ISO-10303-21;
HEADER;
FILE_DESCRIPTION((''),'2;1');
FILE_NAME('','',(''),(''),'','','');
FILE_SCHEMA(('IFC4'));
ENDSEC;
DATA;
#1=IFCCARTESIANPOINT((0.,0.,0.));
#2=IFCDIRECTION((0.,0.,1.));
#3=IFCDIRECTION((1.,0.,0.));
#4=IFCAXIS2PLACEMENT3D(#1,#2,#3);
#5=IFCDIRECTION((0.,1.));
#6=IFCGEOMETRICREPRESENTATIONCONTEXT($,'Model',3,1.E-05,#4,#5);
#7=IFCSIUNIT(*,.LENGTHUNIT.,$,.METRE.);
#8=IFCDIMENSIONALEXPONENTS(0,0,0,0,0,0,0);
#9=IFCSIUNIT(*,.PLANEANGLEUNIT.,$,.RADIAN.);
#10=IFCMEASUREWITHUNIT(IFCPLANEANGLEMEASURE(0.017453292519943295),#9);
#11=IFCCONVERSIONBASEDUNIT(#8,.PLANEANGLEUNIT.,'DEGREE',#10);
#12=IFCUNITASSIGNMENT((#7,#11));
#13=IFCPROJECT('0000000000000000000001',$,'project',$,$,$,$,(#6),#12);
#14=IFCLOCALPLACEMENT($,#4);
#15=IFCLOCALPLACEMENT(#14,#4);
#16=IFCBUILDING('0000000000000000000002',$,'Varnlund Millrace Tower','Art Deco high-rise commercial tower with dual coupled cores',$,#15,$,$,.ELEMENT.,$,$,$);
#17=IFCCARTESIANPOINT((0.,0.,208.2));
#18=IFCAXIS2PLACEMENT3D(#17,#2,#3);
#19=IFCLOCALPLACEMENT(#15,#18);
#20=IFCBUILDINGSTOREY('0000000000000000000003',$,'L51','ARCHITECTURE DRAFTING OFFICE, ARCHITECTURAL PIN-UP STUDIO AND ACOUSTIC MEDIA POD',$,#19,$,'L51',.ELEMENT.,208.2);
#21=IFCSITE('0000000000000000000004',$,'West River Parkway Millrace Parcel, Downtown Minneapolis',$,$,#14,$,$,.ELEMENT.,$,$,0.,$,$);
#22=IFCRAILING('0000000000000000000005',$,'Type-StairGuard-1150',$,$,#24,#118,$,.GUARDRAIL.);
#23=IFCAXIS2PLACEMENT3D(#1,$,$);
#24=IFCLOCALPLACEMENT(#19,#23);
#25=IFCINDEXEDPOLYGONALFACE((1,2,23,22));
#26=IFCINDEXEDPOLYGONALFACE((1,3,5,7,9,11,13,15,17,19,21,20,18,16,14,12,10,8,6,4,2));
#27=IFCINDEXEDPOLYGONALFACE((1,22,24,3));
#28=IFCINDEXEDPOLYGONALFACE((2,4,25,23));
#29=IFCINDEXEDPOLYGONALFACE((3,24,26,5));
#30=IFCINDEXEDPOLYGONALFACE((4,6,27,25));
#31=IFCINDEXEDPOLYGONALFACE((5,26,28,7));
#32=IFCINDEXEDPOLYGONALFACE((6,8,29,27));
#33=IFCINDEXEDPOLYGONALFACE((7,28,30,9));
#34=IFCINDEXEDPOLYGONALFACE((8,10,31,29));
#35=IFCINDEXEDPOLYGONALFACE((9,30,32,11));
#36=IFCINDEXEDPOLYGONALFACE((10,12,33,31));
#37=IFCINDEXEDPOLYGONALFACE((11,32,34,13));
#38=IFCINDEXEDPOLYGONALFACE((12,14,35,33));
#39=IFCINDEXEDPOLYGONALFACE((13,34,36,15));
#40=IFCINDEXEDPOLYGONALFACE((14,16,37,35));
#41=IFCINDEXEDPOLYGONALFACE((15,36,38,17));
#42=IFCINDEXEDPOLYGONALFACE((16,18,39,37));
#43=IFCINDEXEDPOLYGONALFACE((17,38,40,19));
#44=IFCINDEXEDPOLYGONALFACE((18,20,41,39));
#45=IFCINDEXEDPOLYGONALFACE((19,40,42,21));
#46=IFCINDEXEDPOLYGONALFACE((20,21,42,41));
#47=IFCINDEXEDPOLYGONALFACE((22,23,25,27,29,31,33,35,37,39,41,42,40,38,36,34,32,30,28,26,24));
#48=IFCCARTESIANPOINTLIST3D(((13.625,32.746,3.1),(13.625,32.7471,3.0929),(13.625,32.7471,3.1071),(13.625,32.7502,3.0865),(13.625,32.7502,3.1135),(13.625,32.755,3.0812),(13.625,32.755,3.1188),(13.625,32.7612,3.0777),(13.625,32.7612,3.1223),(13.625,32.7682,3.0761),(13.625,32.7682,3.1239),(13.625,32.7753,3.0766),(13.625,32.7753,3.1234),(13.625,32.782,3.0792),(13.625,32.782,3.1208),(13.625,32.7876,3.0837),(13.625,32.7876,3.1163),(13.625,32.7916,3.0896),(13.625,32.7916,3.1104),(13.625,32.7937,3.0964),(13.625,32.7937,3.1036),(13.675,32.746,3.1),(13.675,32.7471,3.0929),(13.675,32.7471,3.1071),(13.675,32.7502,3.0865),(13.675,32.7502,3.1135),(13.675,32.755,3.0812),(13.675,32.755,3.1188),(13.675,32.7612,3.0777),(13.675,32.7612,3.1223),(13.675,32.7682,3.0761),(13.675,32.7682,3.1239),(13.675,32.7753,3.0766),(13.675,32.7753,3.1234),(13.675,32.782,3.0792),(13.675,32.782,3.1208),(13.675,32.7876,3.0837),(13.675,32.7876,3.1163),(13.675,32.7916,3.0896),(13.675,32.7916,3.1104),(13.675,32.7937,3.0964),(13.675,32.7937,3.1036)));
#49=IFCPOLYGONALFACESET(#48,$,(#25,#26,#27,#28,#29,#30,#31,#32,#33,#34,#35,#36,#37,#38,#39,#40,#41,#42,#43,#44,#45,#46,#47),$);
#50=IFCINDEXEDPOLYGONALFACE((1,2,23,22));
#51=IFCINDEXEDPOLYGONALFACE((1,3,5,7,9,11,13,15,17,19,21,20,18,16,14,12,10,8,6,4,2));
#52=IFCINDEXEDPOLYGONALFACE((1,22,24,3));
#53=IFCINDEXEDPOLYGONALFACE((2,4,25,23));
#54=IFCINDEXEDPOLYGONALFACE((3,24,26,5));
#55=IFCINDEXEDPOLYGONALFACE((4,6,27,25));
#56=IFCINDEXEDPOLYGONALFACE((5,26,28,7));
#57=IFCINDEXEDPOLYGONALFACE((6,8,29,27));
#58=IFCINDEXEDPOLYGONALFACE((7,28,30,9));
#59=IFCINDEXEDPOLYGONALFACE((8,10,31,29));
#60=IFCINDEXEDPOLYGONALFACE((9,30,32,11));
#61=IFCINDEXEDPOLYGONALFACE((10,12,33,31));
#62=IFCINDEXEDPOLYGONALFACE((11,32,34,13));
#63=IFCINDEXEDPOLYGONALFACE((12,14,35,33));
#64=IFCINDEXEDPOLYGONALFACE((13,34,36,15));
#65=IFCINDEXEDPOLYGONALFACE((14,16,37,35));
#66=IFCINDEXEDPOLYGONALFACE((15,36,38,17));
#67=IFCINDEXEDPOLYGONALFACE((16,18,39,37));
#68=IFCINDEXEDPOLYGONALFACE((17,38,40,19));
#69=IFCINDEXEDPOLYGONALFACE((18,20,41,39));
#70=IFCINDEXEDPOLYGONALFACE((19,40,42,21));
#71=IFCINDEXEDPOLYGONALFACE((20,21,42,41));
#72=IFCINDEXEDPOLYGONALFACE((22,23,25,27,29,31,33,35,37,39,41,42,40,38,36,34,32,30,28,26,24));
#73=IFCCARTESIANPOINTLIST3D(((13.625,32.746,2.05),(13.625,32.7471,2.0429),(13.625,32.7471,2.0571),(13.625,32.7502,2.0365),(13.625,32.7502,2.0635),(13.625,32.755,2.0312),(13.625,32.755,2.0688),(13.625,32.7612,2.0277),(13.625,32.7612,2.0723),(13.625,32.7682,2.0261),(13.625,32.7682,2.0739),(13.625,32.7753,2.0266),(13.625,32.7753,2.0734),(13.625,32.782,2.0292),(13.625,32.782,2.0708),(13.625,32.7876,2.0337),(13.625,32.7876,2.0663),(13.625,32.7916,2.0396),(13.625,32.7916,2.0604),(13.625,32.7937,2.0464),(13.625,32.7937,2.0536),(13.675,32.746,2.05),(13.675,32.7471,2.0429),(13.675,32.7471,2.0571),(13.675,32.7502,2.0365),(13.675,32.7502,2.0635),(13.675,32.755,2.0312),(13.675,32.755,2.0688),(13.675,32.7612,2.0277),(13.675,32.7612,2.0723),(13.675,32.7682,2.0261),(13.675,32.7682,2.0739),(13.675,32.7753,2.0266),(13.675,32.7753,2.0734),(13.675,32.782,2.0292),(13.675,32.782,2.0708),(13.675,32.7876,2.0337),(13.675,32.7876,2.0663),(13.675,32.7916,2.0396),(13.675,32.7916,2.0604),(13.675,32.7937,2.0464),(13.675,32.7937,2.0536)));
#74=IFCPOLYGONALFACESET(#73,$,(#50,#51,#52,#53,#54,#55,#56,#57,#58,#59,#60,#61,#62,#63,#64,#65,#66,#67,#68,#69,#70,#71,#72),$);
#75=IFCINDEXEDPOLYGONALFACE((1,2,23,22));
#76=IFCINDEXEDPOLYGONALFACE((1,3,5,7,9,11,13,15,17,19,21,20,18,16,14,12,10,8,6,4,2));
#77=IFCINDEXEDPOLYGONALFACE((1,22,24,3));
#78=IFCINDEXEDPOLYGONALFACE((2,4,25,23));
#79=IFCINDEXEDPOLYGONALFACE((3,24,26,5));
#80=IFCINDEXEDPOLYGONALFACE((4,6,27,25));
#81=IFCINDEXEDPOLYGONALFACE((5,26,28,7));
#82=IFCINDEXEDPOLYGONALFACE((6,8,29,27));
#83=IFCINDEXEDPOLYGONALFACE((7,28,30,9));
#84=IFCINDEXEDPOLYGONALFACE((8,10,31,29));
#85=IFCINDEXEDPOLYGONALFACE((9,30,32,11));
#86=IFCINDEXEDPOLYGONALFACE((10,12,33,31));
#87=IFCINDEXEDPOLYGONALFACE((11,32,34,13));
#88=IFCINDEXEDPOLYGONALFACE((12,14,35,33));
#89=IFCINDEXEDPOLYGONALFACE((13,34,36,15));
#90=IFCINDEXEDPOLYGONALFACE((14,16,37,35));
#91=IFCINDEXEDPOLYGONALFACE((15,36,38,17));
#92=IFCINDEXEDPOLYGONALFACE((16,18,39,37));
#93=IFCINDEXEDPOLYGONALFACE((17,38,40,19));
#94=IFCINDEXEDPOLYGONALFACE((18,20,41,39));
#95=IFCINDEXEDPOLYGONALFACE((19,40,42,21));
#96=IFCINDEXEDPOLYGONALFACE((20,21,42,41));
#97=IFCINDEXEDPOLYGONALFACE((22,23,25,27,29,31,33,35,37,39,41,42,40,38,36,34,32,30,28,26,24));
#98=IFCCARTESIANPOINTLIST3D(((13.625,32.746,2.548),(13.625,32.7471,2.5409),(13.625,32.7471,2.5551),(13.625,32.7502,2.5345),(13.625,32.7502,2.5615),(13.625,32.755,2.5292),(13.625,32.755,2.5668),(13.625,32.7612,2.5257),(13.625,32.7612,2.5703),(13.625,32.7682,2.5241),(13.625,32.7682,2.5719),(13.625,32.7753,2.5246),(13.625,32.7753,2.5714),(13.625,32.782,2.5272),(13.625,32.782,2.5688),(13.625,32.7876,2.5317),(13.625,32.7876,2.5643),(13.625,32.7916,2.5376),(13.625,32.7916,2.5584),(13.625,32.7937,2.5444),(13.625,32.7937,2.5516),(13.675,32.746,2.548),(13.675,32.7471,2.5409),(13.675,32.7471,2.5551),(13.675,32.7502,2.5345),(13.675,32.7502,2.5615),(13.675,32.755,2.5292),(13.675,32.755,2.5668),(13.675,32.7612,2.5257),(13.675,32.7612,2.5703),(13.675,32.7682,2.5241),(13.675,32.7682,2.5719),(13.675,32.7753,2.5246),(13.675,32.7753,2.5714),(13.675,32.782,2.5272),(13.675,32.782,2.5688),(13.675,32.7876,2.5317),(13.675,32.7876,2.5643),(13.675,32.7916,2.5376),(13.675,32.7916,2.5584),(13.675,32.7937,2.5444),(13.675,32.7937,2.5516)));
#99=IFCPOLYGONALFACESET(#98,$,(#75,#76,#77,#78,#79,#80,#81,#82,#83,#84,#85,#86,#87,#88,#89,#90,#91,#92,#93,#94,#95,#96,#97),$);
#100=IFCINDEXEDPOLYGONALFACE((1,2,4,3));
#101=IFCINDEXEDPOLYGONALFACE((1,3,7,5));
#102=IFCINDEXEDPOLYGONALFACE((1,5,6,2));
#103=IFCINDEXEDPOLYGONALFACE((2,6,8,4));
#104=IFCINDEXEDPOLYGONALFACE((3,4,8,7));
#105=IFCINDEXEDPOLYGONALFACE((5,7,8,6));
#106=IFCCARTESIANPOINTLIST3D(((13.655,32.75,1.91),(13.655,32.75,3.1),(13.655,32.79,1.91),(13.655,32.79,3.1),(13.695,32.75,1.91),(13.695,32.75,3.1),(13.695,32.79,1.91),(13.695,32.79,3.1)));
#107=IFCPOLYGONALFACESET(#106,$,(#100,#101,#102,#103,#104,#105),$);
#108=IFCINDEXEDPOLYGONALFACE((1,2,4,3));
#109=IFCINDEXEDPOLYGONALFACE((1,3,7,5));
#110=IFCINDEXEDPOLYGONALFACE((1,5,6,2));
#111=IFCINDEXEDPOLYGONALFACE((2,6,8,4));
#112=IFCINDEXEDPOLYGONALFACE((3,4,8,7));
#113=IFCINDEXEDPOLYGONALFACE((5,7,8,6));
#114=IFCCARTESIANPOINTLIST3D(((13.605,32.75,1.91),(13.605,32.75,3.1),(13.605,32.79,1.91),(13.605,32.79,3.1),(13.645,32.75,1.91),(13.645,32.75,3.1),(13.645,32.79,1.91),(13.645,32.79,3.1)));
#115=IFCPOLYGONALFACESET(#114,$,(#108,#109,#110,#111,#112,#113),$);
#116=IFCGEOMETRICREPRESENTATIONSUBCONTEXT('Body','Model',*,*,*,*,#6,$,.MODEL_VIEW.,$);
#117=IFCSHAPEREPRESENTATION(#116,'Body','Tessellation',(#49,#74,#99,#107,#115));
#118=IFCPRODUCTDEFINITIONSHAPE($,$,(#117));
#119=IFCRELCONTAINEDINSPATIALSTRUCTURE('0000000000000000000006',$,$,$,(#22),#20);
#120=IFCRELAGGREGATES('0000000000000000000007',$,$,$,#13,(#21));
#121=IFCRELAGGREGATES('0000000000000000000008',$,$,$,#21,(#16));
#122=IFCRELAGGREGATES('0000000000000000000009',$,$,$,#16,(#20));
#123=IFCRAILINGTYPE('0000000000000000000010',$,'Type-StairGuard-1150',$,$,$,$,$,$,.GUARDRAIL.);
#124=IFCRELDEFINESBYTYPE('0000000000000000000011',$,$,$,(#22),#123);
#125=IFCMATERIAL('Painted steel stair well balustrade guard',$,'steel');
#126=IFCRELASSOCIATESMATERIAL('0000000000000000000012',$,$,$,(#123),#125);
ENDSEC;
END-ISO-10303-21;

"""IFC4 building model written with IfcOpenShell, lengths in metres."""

from ifc_helpers import new_model, entity, si_unit, converted_unit, direction, frame, origin_with_axes, origin_2d_with_axis, place, context, subcontext, project, spatial, rectangle, circle, extrude, material, type_object, element, save


model = new_model("IFC4")

# Units and contexts
model_context = context("Model", 3, precision=1e-05, world=origin_with_axes(), true_north=direction((0.0, 1.0)))
body_context = subcontext(model_context, "Body", "Model", "MODEL_VIEW")
ifc_project = project(units=[si_unit("LENGTHUNIT", "METRE"), converted_unit("PLANEANGLEUNIT", "DEGREE", entity("IfcPlaneAngleMeasure", 0.017453292519943295), si_unit("PLANEANGLEUNIT", "RADIAN"), dimensions=[0, 0, 0, 0, 0, 0, 0])], contexts=[model_context])

# Site, building, storey
site_placement = place(None, origin_with_axes())
site = spatial("IfcSite", under=ifc_project, at=site_placement, Name="West River Parkway Millrace Parcel, Downtown Minneapolis", CompositionType="ELEMENT", RefElevation=0.0)
building_placement = place(site_placement, origin_with_axes())
building = spatial("IfcBuilding", under=site, at=building_placement, Name="Varnlund Millrace Tower", Description="Art Deco high-rise commercial tower with dual coupled cores", CompositionType="ELEMENT")
storey_placement = place(building_placement, frame((0.0, 0.0, 208.2), z_axis=(0.0, 0.0, 1.0), x_axis=(1.0, 0.0, 0.0)))
storey = spatial("IfcBuildingStorey", under=building, at=storey_placement, Name="L51", Description="ARCHITECTURE DRAFTING OFFICE, ARCHITECTURAL PIN-UP STUDIO AND ACOUSTIC MEDIA POD", LongName="L51", CompositionType="ELEMENT", Elevation=208.2)

# Railing
ifc_material_1 = material(Name="Painted steel stair well balustrade guard", Category="steel")
railing_type_1 = type_object("IfcRailingType", Name="Type-StairGuard-1150", PredefinedType="GUARDRAIL", material=ifc_material_1)
railing_1_placement = place(storey_placement, frame((0.0, 0.0, -208.2), z_axis=(0.0, 0.0, 1.0), x_axis=(1.0, 0.0, 0.0)))
element("IfcRailing", 1, at=railing_1_placement, inside=storey, type_object=railing_type_1, Name="Type-StairGuard-1150", PredefinedType="GUARDRAIL", context=body_context, shape_type="SweptSolid", body=[
    extrude(circle(Radius=0.024, at=origin_2d_with_axis()), frame((13.675, 32.77, 211.3), z_axis=(-1.0, 0.0, 0.0), x_axis=(0.0, -1.0, 0.0)), (0.0, 0.0, 1.0), 0.05),
    extrude(circle(Radius=0.024, at=origin_2d_with_axis()), frame((13.675, 32.77, 210.25), z_axis=(-1.0, 0.0, 0.0), x_axis=(0.0, -1.0, 0.0)), (0.0, 0.0, 1.0), 0.05),
    extrude(circle(Radius=0.024, at=origin_2d_with_axis()), frame((13.675, 32.77, 210.748), z_axis=(-1.0, 0.0, 0.0), x_axis=(0.0, -1.0, 0.0)), (0.0, 0.0, 1.0), 0.05),
    extrude(rectangle(XDim=0.04, YDim=0.04, at=origin_2d_with_axis()), frame((13.675, 32.77, 210.11), z_axis=(0.0, 0.0, 1.0), x_axis=(1.0, 0.0, 0.0)), (0.0, 0.0, 1.0), 1.19),
    extrude(rectangle(XDim=0.04, YDim=0.04, at=origin_2d_with_axis()), frame((13.625, 32.77, 210.11), z_axis=(0.0, 0.0, 1.0), x_axis=(1.0, 0.0, 0.0)), (0.0, 0.0, 1.0), 1.19),
])

save(model, "model.ifc")
